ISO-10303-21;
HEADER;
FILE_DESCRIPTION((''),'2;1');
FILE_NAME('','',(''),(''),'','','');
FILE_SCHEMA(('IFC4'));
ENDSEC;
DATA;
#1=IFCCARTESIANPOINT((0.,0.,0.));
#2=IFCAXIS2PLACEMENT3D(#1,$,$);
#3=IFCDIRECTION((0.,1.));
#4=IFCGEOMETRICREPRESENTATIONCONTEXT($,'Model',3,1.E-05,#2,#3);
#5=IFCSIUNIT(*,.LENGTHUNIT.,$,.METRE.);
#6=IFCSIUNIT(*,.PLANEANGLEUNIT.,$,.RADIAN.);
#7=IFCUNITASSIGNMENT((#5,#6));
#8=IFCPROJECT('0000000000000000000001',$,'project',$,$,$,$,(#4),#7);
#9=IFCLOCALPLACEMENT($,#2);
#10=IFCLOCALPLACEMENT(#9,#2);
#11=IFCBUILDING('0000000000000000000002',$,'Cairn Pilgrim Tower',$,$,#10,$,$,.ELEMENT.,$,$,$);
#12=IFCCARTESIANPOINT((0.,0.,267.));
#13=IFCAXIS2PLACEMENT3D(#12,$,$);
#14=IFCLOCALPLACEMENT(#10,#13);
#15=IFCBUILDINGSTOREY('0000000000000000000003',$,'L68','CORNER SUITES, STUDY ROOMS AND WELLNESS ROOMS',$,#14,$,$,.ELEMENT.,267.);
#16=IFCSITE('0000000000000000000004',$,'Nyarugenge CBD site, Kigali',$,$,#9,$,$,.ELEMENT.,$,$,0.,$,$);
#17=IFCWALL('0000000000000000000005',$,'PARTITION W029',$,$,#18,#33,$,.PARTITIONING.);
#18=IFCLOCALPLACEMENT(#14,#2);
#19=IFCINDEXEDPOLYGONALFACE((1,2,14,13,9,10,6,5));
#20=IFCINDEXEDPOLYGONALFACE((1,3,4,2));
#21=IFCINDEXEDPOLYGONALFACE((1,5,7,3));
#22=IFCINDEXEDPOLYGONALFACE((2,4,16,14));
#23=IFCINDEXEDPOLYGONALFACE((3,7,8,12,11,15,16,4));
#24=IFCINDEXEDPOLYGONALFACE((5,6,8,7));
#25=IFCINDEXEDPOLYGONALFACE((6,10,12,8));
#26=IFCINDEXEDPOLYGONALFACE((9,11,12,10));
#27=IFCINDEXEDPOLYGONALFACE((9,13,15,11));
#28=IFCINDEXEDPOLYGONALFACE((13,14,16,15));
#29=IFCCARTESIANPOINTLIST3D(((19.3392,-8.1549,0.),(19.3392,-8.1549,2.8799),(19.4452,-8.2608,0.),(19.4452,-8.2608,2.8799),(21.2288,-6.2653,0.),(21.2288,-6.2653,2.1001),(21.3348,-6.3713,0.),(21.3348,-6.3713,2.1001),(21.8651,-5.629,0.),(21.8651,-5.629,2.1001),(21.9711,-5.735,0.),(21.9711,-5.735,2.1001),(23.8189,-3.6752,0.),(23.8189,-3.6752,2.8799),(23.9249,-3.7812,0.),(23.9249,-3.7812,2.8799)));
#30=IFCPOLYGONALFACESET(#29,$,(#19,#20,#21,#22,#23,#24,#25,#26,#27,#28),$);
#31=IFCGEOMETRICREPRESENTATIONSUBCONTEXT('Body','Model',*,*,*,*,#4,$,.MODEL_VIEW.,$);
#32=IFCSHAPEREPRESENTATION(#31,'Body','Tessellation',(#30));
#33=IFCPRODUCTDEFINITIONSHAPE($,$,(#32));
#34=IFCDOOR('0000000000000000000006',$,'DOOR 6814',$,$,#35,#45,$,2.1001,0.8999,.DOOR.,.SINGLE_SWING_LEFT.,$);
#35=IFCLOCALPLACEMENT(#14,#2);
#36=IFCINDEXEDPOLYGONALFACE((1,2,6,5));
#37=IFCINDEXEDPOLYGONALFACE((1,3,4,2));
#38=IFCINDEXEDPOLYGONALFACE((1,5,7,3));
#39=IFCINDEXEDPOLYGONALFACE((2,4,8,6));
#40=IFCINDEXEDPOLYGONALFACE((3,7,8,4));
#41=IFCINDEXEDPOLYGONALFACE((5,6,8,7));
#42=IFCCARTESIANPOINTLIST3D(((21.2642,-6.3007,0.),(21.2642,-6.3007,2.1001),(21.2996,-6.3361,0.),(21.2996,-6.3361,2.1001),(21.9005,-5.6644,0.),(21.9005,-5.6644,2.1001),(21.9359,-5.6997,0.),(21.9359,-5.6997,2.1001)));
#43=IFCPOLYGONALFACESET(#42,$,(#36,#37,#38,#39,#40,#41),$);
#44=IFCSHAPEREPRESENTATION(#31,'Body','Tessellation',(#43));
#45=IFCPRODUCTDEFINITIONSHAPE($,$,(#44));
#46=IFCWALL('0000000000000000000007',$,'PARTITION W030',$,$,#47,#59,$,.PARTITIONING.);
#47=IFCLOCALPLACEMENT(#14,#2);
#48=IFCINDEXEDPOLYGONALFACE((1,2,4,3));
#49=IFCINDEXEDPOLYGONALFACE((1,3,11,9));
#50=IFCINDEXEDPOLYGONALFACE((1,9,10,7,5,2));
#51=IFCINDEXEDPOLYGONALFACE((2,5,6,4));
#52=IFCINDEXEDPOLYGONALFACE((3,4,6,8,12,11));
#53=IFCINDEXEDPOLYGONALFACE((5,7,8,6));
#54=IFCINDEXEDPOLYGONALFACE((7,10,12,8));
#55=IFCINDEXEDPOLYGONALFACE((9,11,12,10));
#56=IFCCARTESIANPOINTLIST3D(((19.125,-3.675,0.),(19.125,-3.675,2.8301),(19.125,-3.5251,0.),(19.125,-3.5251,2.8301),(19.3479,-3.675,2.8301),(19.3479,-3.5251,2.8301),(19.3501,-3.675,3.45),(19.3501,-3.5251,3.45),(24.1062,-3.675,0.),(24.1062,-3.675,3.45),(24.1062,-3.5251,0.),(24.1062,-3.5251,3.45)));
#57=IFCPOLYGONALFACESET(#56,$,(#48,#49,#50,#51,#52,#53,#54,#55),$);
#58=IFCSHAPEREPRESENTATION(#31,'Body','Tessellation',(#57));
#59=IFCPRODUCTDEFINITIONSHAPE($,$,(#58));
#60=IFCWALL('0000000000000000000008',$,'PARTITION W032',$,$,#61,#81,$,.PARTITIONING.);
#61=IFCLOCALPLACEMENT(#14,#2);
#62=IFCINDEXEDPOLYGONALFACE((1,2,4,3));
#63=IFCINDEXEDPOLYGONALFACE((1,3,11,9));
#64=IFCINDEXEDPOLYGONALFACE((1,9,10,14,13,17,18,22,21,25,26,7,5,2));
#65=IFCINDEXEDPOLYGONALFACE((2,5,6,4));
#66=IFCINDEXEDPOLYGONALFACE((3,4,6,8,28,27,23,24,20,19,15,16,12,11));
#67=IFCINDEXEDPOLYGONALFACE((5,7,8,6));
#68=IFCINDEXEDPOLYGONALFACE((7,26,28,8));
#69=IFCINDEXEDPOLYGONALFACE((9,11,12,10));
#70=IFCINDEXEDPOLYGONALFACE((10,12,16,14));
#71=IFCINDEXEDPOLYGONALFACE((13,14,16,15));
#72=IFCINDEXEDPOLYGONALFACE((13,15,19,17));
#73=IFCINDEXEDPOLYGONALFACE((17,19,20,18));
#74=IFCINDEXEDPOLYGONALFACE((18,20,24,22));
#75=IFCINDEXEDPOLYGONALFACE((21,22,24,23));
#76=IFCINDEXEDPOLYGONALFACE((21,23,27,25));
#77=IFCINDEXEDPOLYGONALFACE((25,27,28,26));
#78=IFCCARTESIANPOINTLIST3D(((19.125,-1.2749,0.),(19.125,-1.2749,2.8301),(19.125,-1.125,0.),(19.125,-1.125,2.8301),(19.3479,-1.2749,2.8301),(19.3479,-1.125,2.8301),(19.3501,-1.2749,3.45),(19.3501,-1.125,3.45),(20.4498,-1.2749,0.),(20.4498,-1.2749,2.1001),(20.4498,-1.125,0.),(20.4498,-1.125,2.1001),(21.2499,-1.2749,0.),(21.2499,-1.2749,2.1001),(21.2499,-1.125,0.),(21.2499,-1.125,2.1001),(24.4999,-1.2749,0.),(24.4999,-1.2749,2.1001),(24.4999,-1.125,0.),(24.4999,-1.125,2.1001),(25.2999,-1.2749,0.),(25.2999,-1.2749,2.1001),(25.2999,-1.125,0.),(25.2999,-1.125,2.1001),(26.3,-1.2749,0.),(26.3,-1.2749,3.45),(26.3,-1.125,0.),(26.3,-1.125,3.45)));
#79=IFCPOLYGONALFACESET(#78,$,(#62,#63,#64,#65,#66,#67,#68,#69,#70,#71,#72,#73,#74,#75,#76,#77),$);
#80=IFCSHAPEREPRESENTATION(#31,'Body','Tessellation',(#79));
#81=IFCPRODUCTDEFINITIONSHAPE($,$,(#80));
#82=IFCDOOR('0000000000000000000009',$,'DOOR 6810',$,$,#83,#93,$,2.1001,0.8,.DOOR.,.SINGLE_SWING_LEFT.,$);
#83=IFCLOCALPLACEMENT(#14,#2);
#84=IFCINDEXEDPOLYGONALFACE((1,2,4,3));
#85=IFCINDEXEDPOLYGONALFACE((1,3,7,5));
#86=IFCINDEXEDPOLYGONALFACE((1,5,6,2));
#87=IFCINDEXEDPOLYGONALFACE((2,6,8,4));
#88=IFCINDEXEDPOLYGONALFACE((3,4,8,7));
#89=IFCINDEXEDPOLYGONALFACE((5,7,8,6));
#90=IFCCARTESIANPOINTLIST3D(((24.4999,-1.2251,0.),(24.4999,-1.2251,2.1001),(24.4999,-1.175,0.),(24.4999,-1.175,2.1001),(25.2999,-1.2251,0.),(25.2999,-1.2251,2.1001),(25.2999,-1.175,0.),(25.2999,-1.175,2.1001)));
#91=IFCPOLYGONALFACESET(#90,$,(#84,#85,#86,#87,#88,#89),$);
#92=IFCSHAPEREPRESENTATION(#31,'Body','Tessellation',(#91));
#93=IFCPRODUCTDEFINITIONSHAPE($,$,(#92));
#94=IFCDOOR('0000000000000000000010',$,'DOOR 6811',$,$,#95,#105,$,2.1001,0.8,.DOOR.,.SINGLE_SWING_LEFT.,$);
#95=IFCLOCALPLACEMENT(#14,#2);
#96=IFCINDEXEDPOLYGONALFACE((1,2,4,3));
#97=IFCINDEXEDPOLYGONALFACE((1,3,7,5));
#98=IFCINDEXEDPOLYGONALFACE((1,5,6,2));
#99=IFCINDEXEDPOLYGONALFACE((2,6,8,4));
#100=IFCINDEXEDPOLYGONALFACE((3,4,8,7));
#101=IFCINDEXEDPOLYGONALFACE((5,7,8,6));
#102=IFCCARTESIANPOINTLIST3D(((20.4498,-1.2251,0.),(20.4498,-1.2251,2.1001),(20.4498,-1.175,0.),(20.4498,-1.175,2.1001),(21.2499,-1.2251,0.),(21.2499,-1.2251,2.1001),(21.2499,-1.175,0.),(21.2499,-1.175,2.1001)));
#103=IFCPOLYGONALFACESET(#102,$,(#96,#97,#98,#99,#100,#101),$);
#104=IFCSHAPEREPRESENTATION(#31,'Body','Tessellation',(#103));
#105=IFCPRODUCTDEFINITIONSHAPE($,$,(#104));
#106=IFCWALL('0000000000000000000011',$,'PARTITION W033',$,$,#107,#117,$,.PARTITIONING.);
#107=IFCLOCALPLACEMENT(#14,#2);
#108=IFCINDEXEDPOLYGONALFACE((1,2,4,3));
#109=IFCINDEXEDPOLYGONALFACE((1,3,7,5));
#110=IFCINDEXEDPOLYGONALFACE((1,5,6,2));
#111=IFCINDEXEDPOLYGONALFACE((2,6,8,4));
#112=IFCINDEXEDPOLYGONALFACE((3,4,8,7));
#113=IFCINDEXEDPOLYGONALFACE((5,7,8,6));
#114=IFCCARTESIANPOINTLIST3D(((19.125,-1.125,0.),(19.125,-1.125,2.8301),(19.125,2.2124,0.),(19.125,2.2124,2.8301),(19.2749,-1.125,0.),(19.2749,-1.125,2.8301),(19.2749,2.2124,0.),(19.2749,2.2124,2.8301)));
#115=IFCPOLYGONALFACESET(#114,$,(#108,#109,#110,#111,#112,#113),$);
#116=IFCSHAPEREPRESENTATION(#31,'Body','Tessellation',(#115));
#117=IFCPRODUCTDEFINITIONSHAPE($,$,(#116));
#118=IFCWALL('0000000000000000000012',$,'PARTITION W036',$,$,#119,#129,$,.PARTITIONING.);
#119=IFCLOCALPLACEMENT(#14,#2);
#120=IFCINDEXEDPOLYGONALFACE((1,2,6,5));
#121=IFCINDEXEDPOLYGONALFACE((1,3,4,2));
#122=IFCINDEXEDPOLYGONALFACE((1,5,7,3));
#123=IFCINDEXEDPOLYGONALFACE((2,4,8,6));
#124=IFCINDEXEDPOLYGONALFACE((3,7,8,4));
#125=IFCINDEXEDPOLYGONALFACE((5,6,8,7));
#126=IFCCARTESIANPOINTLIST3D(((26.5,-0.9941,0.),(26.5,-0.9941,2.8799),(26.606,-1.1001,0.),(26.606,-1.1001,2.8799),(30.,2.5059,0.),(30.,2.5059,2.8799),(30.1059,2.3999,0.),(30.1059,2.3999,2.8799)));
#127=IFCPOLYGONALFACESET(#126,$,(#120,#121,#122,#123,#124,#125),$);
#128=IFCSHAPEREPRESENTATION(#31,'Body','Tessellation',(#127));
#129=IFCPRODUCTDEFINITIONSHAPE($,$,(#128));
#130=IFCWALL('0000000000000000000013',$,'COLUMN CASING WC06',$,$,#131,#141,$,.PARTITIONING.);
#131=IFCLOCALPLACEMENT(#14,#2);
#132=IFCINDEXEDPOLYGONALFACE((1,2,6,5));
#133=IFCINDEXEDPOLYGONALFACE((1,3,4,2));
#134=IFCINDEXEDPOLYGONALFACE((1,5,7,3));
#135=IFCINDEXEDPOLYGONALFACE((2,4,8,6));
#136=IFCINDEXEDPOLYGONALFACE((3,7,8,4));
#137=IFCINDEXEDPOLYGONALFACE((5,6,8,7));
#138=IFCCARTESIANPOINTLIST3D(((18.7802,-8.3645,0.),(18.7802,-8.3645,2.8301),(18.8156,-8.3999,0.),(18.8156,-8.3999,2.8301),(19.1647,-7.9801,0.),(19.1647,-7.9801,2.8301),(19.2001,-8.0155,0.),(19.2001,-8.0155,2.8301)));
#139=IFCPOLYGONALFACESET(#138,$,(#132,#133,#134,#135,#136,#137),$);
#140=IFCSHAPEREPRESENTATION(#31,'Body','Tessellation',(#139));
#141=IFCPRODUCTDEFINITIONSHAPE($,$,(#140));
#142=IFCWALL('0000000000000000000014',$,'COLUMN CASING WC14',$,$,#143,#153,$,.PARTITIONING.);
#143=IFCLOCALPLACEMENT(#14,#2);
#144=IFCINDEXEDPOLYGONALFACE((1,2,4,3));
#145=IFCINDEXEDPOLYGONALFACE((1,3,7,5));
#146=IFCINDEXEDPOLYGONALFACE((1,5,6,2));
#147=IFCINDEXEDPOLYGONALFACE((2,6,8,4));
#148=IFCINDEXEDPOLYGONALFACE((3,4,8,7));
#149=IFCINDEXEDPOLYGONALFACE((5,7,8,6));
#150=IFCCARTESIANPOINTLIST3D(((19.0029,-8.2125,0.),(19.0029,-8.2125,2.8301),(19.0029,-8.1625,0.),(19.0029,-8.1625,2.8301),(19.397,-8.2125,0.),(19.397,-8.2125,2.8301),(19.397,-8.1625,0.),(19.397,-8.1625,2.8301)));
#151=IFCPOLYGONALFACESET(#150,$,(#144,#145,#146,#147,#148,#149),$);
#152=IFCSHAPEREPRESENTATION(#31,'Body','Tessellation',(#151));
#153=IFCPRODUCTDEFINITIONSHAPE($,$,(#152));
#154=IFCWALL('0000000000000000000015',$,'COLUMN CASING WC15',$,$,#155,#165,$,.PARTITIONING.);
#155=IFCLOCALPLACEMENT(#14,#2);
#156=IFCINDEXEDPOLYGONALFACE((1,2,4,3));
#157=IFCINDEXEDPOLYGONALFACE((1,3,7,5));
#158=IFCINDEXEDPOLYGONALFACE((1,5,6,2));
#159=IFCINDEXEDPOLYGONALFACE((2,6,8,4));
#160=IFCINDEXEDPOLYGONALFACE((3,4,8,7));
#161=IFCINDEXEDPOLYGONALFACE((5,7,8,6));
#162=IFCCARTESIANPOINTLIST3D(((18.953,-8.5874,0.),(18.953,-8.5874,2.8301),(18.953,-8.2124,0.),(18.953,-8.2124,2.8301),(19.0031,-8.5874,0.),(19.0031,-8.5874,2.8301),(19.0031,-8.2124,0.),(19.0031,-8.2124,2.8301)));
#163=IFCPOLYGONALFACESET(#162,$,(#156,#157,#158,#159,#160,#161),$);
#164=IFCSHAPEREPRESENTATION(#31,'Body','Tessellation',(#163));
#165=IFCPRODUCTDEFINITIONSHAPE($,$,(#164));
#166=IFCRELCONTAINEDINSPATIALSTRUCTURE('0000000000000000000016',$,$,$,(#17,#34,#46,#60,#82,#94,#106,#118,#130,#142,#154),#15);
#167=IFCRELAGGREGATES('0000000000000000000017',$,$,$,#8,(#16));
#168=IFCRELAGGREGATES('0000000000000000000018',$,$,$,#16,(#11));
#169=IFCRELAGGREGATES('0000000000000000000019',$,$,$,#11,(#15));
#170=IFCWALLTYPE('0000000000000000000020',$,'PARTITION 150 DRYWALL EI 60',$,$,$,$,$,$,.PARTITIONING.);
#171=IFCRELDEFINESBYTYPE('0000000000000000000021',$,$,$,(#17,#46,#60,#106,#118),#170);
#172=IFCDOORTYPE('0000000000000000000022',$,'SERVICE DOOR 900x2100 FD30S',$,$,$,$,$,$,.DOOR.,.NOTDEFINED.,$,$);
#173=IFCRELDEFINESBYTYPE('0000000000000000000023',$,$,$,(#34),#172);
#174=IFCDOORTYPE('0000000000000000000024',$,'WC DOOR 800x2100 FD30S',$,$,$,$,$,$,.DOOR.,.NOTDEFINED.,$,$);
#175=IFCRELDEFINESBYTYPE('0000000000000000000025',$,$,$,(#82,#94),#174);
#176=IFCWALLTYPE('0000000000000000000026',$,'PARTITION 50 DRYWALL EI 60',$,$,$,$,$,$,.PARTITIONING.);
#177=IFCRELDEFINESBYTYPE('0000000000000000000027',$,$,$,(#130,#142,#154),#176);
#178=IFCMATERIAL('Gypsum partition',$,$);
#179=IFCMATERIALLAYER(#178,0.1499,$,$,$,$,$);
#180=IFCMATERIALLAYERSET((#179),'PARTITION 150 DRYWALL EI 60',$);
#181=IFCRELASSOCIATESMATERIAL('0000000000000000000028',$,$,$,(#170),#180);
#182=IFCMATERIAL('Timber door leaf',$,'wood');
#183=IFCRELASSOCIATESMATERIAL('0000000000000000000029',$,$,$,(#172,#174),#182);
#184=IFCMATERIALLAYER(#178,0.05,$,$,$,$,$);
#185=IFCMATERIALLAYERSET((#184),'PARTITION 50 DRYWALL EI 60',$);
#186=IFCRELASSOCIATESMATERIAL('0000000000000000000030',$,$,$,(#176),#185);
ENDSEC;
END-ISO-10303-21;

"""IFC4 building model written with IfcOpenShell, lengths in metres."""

from ifc_helpers import new_model, si_unit, direction, frame, frame_2d, origin, place, context, subcontext, project, spatial, polyline, rectangle, outline, extrude, material, layer, layer_set, type_object, element, fill, save


model = new_model("IFC4")

# Units and contexts
model_context = context("Model", 3, precision=1e-05, world=origin(), true_north=direction((0.0, 1.0)))
body_context = subcontext(model_context, "Body", "Model", "MODEL_VIEW")
ifc_project = project(units=[si_unit("LENGTHUNIT", "METRE"), si_unit("PLANEANGLEUNIT", "RADIAN")], contexts=[model_context])

# Site, building, storey
site_placement = place(None, origin())
site = spatial("IfcSite", under=ifc_project, at=site_placement, Name="Nyarugenge CBD site, Kigali", CompositionType="ELEMENT", RefElevation=0.0)
building_placement = place(site_placement, origin())
building = spatial("IfcBuilding", under=site, at=building_placement, Name="Cairn Pilgrim Tower", CompositionType="ELEMENT")
storey_placement = place(building_placement, frame((0.0, 0.0, 267.0)))
storey = spatial("IfcBuildingStorey", under=building, at=storey_placement, Name="L68", Description="CORNER SUITES, STUDY ROOMS AND WELLNESS ROOMS", CompositionType="ELEMENT", Elevation=267.0)

# Shared definitions
ifc_material_1 = material(Name="Gypsum partition")
ifc_material_2 = material(Name="Timber door leaf", Category="wood")

# Shared definitions
ifc_layer_1 = layer(ifc_material_1, 0.1499)
ifc_layer_set_1 = layer_set([ifc_layer_1], Name="PARTITION 150 DRYWALL EI 60")
wall_type_1 = type_object("IfcWallType", Name="PARTITION 150 DRYWALL EI 60", PredefinedType="PARTITIONING", material=ifc_layer_set_1)

# Wall, opening, door
wall_1_placement = place(storey_placement, frame((19.3923, -8.2078, 0.0), z_axis=(0.0, 0.0, 1.0), x_axis=(0.707107, 0.707107, 0.0)))
wall_1 = element("IfcWall", 1, at=wall_1_placement, inside=storey, type_object=wall_type_1, Name="PARTITION W029", PredefinedType="PARTITIONING", context=body_context, shape_type="SweptSolid", body=[
    extrude(rectangle(XDim=6.3352, YDim=0.1499, at=frame_2d((3.1675, 0.0))), origin(), (0.0, 0.0, 1.0), 2.8799),
])
opening_1_placement = place(wall_1_placement, frame((2.6721, 0.0, 0.0)))
opening_1 = element("IfcOpeningElement", 2, at=opening_1_placement, cuts=wall_1, PredefinedType="OPENING", context=body_context, shape_type="SweptSolid", body=[
    extrude(rectangle(XDim=0.8999, YDim=2.1001, at=frame_2d((0.45, 1.05))), frame((0.0, 0.085, 0.0), z_axis=(0.0, -1.0, 0.0), x_axis=(1.0, 0.0, 0.0)), (0.0, 0.0, 1.0), 0.1699),
])
door_type_1 = type_object("IfcDoorType", Name="SERVICE DOOR 900x2100 FD30S", OperationType="NOTDEFINED", PredefinedType="DOOR", material=ifc_material_2)
door_1_placement = place(opening_1_placement, origin())
door_1 = element("IfcDoor", 3, at=door_1_placement, inside=storey, type_object=door_type_1, Name="DOOR 6814", OperationType="SINGLE_SWING_LEFT", OverallHeight=2.1001, OverallWidth=0.8999, PredefinedType="DOOR", context=body_context, shape_type="SweptSolid", body=[
    extrude(rectangle(XDim=0.8999, YDim=2.1001, at=frame_2d((0.45, 1.05))), frame((0.0, 0.0249, 0.0), z_axis=(0.0, -1.0, 0.0), x_axis=(1.0, 0.0, 0.0)), (0.0, 0.0, 1.0), 0.05),
])
fill(opening_1, door_1)

# Wall
wall_2_placement = place(storey_placement, frame((19.125, -3.6001, 0.0), z_axis=(0.0, 0.0, 1.0), x_axis=(1.0, 0.0, 0.0)))
element("IfcWall", 4, at=wall_2_placement, inside=storey, type_object=wall_type_1, Name="PARTITION W030", PredefinedType="PARTITIONING", context=body_context, shape_type="SweptSolid", body=[
    extrude(outline(polyline([(0.0, 0.0), (4.9812, 0.0), (4.9812, 3.45), (0.2251, 3.45), (0.2229, 2.8301), (0.0, 2.8301), (0.0, 0.0)])), frame((0.0, 0.075, 0.0), z_axis=(0.0, -1.0, 0.0), x_axis=(1.0, 0.0, 0.0)), (0.0, 0.0, 1.0), 0.1499),
])

# Wall, openings, doors
wall_3_placement = place(storey_placement, frame((19.125, -1.2, 0.0), z_axis=(0.0, 0.0, 1.0), x_axis=(1.0, 0.0, 0.0)))
wall_3 = element("IfcWall", 5, at=wall_3_placement, inside=storey, type_object=wall_type_1, Name="PARTITION W032", PredefinedType="PARTITIONING", context=body_context, shape_type="SweptSolid", body=[
    extrude(outline(polyline([(0.0, 0.0), (7.175, 0.0), (7.175, 3.45), (0.2251, 3.45), (0.2229, 2.8301), (0.0, 2.8301), (0.0, 0.0)])), frame((0.0, 0.075, 0.0), z_axis=(0.0, -1.0, 0.0), x_axis=(1.0, 0.0, 0.0)), (0.0, 0.0, 1.0), 0.1499),
])
opening_2_placement = place(wall_3_placement, frame((5.375, 0.0, 0.0)))
opening_2 = element("IfcOpeningElement", 6, at=opening_2_placement, cuts=wall_3, PredefinedType="OPENING", context=body_context, shape_type="SweptSolid", body=[
    extrude(rectangle(XDim=0.8, YDim=2.1001, at=frame_2d((0.3999, 1.05))), frame((0.0, 0.085, 0.0), z_axis=(0.0, -1.0, 0.0), x_axis=(1.0, 0.0, 0.0)), (0.0, 0.0, 1.0), 0.1699),
])
opening_3_placement = place(wall_3_placement, frame((1.325, 0.0, 0.0)))
opening_3 = element("IfcOpeningElement", 7, at=opening_3_placement, cuts=wall_3, PredefinedType="OPENING", context=body_context, shape_type="SweptSolid", body=[
    extrude(rectangle(XDim=0.8, YDim=2.1001, at=frame_2d((0.3999, 1.05))), frame((0.0, 0.085, 0.0), z_axis=(0.0, -1.0, 0.0), x_axis=(1.0, 0.0, 0.0)), (0.0, 0.0, 1.0), 0.1699),
])
door_type_2 = type_object("IfcDoorType", Name="WC DOOR 800x2100 FD30S", OperationType="NOTDEFINED", PredefinedType="DOOR", material=ifc_material_2)
door_2_placement = place(opening_2_placement, origin())
door_2 = element("IfcDoor", 8, at=door_2_placement, inside=storey, type_object=door_type_2, Name="DOOR 6810", OperationType="SINGLE_SWING_LEFT", OverallHeight=2.1001, OverallWidth=0.8, PredefinedType="DOOR", context=body_context, shape_type="SweptSolid", body=[
    extrude(rectangle(XDim=0.8, YDim=2.1001, at=frame_2d((0.3999, 1.05))), frame((0.0, 0.0249, 0.0), z_axis=(0.0, -1.0, 0.0), x_axis=(1.0, 0.0, 0.0)), (0.0, 0.0, 1.0), 0.05),
])
fill(opening_2, door_2)
door_3_placement = place(opening_3_placement, origin())
door_3 = element("IfcDoor", 9, at=door_3_placement, inside=storey, type_object=door_type_2, Name="DOOR 6811", OperationType="SINGLE_SWING_LEFT", OverallHeight=2.1001, OverallWidth=0.8, PredefinedType="DOOR", context=body_context, shape_type="SweptSolid", body=[
    extrude(rectangle(XDim=0.8, YDim=2.1001, at=frame_2d((0.3999, 1.05))), frame((0.0, 0.0249, 0.0), z_axis=(0.0, -1.0, 0.0), x_axis=(1.0, 0.0, 0.0)), (0.0, 0.0, 1.0), 0.05),
])
fill(opening_3, door_3)

# Walls
wall_4_placement = place(storey_placement, frame((19.2, -1.125, 0.0), z_axis=(0.0, 0.0, 1.0), x_axis=(0.0, 1.0, 0.0)))
element("IfcWall", 10, at=wall_4_placement, inside=storey, type_object=wall_type_1, Name="PARTITION W033", PredefinedType="PARTITIONING", context=body_context, shape_type="SweptSolid", body=[
    extrude(rectangle(XDim=3.3374, YDim=0.1499, at=frame_2d((1.6687, 0.0))), origin(), (0.0, 0.0, 1.0), 2.8301),
])
wall_5_placement = place(storey_placement, frame((26.553, -1.0471, 0.0), z_axis=(0.0, 0.0, 1.0), x_axis=(0.707107, 0.707107, 0.0)))
element("IfcWall", 11, at=wall_5_placement, inside=storey, type_object=wall_type_1, Name="PARTITION W036", PredefinedType="PARTITIONING", context=body_context, shape_type="SweptSolid", body=[
    extrude(rectangle(XDim=4.9497, YDim=0.1499, at=frame_2d((2.4749, 0.0))), origin(), (0.0, 0.0, 1.0), 2.8799),
])
ifc_layer_2 = layer(ifc_material_1, 0.05)
ifc_layer_set_2 = layer_set([ifc_layer_2], Name="PARTITION 50 DRYWALL EI 60")
wall_type_2 = type_object("IfcWallType", Name="PARTITION 50 DRYWALL EI 60", PredefinedType="PARTITIONING", material=ifc_layer_set_2)
wall_6_placement = place(storey_placement, frame((18.7979, -8.3823, 0.0), z_axis=(0.0, 0.0, 1.0), x_axis=(0.707107, 0.707107, 0.0)))
element("IfcWall", 12, at=wall_6_placement, inside=storey, type_object=wall_type_2, Name="COLUMN CASING WC06", PredefinedType="PARTITIONING", context=body_context, shape_type="SweptSolid", body=[
    extrude(rectangle(XDim=0.5437, YDim=0.05, at=frame_2d((0.272, 0.0))), origin(), (0.0, 0.0, 1.0), 2.8301),
])
wall_7_placement = place(storey_placement, frame((19.0029, -8.1875, 0.0), z_axis=(0.0, 0.0, 1.0), x_axis=(1.0, 0.0, 0.0)))
element("IfcWall", 13, at=wall_7_placement, inside=storey, type_object=wall_type_2, Name="COLUMN CASING WC14", PredefinedType="PARTITIONING", context=body_context, shape_type="SweptSolid", body=[
    extrude(rectangle(XDim=0.394, YDim=0.05, at=frame_2d((0.197, 0.0))), origin(), (0.0, 0.0, 1.0), 2.8301),
])
wall_8_placement = place(storey_placement, frame((18.978, -8.5874, 0.0), z_axis=(0.0, 0.0, 1.0), x_axis=(0.0, 1.0, 0.0)))
element("IfcWall", 14, at=wall_8_placement, inside=storey, type_object=wall_type_2, Name="COLUMN CASING WC15", PredefinedType="PARTITIONING", context=body_context, shape_type="SweptSolid", body=[
    extrude(rectangle(XDim=0.375, YDim=0.05, at=frame_2d((0.1875, 0.0))), origin(), (0.0, 0.0, 1.0), 2.8301),
])

save(model, "model.ifc")
